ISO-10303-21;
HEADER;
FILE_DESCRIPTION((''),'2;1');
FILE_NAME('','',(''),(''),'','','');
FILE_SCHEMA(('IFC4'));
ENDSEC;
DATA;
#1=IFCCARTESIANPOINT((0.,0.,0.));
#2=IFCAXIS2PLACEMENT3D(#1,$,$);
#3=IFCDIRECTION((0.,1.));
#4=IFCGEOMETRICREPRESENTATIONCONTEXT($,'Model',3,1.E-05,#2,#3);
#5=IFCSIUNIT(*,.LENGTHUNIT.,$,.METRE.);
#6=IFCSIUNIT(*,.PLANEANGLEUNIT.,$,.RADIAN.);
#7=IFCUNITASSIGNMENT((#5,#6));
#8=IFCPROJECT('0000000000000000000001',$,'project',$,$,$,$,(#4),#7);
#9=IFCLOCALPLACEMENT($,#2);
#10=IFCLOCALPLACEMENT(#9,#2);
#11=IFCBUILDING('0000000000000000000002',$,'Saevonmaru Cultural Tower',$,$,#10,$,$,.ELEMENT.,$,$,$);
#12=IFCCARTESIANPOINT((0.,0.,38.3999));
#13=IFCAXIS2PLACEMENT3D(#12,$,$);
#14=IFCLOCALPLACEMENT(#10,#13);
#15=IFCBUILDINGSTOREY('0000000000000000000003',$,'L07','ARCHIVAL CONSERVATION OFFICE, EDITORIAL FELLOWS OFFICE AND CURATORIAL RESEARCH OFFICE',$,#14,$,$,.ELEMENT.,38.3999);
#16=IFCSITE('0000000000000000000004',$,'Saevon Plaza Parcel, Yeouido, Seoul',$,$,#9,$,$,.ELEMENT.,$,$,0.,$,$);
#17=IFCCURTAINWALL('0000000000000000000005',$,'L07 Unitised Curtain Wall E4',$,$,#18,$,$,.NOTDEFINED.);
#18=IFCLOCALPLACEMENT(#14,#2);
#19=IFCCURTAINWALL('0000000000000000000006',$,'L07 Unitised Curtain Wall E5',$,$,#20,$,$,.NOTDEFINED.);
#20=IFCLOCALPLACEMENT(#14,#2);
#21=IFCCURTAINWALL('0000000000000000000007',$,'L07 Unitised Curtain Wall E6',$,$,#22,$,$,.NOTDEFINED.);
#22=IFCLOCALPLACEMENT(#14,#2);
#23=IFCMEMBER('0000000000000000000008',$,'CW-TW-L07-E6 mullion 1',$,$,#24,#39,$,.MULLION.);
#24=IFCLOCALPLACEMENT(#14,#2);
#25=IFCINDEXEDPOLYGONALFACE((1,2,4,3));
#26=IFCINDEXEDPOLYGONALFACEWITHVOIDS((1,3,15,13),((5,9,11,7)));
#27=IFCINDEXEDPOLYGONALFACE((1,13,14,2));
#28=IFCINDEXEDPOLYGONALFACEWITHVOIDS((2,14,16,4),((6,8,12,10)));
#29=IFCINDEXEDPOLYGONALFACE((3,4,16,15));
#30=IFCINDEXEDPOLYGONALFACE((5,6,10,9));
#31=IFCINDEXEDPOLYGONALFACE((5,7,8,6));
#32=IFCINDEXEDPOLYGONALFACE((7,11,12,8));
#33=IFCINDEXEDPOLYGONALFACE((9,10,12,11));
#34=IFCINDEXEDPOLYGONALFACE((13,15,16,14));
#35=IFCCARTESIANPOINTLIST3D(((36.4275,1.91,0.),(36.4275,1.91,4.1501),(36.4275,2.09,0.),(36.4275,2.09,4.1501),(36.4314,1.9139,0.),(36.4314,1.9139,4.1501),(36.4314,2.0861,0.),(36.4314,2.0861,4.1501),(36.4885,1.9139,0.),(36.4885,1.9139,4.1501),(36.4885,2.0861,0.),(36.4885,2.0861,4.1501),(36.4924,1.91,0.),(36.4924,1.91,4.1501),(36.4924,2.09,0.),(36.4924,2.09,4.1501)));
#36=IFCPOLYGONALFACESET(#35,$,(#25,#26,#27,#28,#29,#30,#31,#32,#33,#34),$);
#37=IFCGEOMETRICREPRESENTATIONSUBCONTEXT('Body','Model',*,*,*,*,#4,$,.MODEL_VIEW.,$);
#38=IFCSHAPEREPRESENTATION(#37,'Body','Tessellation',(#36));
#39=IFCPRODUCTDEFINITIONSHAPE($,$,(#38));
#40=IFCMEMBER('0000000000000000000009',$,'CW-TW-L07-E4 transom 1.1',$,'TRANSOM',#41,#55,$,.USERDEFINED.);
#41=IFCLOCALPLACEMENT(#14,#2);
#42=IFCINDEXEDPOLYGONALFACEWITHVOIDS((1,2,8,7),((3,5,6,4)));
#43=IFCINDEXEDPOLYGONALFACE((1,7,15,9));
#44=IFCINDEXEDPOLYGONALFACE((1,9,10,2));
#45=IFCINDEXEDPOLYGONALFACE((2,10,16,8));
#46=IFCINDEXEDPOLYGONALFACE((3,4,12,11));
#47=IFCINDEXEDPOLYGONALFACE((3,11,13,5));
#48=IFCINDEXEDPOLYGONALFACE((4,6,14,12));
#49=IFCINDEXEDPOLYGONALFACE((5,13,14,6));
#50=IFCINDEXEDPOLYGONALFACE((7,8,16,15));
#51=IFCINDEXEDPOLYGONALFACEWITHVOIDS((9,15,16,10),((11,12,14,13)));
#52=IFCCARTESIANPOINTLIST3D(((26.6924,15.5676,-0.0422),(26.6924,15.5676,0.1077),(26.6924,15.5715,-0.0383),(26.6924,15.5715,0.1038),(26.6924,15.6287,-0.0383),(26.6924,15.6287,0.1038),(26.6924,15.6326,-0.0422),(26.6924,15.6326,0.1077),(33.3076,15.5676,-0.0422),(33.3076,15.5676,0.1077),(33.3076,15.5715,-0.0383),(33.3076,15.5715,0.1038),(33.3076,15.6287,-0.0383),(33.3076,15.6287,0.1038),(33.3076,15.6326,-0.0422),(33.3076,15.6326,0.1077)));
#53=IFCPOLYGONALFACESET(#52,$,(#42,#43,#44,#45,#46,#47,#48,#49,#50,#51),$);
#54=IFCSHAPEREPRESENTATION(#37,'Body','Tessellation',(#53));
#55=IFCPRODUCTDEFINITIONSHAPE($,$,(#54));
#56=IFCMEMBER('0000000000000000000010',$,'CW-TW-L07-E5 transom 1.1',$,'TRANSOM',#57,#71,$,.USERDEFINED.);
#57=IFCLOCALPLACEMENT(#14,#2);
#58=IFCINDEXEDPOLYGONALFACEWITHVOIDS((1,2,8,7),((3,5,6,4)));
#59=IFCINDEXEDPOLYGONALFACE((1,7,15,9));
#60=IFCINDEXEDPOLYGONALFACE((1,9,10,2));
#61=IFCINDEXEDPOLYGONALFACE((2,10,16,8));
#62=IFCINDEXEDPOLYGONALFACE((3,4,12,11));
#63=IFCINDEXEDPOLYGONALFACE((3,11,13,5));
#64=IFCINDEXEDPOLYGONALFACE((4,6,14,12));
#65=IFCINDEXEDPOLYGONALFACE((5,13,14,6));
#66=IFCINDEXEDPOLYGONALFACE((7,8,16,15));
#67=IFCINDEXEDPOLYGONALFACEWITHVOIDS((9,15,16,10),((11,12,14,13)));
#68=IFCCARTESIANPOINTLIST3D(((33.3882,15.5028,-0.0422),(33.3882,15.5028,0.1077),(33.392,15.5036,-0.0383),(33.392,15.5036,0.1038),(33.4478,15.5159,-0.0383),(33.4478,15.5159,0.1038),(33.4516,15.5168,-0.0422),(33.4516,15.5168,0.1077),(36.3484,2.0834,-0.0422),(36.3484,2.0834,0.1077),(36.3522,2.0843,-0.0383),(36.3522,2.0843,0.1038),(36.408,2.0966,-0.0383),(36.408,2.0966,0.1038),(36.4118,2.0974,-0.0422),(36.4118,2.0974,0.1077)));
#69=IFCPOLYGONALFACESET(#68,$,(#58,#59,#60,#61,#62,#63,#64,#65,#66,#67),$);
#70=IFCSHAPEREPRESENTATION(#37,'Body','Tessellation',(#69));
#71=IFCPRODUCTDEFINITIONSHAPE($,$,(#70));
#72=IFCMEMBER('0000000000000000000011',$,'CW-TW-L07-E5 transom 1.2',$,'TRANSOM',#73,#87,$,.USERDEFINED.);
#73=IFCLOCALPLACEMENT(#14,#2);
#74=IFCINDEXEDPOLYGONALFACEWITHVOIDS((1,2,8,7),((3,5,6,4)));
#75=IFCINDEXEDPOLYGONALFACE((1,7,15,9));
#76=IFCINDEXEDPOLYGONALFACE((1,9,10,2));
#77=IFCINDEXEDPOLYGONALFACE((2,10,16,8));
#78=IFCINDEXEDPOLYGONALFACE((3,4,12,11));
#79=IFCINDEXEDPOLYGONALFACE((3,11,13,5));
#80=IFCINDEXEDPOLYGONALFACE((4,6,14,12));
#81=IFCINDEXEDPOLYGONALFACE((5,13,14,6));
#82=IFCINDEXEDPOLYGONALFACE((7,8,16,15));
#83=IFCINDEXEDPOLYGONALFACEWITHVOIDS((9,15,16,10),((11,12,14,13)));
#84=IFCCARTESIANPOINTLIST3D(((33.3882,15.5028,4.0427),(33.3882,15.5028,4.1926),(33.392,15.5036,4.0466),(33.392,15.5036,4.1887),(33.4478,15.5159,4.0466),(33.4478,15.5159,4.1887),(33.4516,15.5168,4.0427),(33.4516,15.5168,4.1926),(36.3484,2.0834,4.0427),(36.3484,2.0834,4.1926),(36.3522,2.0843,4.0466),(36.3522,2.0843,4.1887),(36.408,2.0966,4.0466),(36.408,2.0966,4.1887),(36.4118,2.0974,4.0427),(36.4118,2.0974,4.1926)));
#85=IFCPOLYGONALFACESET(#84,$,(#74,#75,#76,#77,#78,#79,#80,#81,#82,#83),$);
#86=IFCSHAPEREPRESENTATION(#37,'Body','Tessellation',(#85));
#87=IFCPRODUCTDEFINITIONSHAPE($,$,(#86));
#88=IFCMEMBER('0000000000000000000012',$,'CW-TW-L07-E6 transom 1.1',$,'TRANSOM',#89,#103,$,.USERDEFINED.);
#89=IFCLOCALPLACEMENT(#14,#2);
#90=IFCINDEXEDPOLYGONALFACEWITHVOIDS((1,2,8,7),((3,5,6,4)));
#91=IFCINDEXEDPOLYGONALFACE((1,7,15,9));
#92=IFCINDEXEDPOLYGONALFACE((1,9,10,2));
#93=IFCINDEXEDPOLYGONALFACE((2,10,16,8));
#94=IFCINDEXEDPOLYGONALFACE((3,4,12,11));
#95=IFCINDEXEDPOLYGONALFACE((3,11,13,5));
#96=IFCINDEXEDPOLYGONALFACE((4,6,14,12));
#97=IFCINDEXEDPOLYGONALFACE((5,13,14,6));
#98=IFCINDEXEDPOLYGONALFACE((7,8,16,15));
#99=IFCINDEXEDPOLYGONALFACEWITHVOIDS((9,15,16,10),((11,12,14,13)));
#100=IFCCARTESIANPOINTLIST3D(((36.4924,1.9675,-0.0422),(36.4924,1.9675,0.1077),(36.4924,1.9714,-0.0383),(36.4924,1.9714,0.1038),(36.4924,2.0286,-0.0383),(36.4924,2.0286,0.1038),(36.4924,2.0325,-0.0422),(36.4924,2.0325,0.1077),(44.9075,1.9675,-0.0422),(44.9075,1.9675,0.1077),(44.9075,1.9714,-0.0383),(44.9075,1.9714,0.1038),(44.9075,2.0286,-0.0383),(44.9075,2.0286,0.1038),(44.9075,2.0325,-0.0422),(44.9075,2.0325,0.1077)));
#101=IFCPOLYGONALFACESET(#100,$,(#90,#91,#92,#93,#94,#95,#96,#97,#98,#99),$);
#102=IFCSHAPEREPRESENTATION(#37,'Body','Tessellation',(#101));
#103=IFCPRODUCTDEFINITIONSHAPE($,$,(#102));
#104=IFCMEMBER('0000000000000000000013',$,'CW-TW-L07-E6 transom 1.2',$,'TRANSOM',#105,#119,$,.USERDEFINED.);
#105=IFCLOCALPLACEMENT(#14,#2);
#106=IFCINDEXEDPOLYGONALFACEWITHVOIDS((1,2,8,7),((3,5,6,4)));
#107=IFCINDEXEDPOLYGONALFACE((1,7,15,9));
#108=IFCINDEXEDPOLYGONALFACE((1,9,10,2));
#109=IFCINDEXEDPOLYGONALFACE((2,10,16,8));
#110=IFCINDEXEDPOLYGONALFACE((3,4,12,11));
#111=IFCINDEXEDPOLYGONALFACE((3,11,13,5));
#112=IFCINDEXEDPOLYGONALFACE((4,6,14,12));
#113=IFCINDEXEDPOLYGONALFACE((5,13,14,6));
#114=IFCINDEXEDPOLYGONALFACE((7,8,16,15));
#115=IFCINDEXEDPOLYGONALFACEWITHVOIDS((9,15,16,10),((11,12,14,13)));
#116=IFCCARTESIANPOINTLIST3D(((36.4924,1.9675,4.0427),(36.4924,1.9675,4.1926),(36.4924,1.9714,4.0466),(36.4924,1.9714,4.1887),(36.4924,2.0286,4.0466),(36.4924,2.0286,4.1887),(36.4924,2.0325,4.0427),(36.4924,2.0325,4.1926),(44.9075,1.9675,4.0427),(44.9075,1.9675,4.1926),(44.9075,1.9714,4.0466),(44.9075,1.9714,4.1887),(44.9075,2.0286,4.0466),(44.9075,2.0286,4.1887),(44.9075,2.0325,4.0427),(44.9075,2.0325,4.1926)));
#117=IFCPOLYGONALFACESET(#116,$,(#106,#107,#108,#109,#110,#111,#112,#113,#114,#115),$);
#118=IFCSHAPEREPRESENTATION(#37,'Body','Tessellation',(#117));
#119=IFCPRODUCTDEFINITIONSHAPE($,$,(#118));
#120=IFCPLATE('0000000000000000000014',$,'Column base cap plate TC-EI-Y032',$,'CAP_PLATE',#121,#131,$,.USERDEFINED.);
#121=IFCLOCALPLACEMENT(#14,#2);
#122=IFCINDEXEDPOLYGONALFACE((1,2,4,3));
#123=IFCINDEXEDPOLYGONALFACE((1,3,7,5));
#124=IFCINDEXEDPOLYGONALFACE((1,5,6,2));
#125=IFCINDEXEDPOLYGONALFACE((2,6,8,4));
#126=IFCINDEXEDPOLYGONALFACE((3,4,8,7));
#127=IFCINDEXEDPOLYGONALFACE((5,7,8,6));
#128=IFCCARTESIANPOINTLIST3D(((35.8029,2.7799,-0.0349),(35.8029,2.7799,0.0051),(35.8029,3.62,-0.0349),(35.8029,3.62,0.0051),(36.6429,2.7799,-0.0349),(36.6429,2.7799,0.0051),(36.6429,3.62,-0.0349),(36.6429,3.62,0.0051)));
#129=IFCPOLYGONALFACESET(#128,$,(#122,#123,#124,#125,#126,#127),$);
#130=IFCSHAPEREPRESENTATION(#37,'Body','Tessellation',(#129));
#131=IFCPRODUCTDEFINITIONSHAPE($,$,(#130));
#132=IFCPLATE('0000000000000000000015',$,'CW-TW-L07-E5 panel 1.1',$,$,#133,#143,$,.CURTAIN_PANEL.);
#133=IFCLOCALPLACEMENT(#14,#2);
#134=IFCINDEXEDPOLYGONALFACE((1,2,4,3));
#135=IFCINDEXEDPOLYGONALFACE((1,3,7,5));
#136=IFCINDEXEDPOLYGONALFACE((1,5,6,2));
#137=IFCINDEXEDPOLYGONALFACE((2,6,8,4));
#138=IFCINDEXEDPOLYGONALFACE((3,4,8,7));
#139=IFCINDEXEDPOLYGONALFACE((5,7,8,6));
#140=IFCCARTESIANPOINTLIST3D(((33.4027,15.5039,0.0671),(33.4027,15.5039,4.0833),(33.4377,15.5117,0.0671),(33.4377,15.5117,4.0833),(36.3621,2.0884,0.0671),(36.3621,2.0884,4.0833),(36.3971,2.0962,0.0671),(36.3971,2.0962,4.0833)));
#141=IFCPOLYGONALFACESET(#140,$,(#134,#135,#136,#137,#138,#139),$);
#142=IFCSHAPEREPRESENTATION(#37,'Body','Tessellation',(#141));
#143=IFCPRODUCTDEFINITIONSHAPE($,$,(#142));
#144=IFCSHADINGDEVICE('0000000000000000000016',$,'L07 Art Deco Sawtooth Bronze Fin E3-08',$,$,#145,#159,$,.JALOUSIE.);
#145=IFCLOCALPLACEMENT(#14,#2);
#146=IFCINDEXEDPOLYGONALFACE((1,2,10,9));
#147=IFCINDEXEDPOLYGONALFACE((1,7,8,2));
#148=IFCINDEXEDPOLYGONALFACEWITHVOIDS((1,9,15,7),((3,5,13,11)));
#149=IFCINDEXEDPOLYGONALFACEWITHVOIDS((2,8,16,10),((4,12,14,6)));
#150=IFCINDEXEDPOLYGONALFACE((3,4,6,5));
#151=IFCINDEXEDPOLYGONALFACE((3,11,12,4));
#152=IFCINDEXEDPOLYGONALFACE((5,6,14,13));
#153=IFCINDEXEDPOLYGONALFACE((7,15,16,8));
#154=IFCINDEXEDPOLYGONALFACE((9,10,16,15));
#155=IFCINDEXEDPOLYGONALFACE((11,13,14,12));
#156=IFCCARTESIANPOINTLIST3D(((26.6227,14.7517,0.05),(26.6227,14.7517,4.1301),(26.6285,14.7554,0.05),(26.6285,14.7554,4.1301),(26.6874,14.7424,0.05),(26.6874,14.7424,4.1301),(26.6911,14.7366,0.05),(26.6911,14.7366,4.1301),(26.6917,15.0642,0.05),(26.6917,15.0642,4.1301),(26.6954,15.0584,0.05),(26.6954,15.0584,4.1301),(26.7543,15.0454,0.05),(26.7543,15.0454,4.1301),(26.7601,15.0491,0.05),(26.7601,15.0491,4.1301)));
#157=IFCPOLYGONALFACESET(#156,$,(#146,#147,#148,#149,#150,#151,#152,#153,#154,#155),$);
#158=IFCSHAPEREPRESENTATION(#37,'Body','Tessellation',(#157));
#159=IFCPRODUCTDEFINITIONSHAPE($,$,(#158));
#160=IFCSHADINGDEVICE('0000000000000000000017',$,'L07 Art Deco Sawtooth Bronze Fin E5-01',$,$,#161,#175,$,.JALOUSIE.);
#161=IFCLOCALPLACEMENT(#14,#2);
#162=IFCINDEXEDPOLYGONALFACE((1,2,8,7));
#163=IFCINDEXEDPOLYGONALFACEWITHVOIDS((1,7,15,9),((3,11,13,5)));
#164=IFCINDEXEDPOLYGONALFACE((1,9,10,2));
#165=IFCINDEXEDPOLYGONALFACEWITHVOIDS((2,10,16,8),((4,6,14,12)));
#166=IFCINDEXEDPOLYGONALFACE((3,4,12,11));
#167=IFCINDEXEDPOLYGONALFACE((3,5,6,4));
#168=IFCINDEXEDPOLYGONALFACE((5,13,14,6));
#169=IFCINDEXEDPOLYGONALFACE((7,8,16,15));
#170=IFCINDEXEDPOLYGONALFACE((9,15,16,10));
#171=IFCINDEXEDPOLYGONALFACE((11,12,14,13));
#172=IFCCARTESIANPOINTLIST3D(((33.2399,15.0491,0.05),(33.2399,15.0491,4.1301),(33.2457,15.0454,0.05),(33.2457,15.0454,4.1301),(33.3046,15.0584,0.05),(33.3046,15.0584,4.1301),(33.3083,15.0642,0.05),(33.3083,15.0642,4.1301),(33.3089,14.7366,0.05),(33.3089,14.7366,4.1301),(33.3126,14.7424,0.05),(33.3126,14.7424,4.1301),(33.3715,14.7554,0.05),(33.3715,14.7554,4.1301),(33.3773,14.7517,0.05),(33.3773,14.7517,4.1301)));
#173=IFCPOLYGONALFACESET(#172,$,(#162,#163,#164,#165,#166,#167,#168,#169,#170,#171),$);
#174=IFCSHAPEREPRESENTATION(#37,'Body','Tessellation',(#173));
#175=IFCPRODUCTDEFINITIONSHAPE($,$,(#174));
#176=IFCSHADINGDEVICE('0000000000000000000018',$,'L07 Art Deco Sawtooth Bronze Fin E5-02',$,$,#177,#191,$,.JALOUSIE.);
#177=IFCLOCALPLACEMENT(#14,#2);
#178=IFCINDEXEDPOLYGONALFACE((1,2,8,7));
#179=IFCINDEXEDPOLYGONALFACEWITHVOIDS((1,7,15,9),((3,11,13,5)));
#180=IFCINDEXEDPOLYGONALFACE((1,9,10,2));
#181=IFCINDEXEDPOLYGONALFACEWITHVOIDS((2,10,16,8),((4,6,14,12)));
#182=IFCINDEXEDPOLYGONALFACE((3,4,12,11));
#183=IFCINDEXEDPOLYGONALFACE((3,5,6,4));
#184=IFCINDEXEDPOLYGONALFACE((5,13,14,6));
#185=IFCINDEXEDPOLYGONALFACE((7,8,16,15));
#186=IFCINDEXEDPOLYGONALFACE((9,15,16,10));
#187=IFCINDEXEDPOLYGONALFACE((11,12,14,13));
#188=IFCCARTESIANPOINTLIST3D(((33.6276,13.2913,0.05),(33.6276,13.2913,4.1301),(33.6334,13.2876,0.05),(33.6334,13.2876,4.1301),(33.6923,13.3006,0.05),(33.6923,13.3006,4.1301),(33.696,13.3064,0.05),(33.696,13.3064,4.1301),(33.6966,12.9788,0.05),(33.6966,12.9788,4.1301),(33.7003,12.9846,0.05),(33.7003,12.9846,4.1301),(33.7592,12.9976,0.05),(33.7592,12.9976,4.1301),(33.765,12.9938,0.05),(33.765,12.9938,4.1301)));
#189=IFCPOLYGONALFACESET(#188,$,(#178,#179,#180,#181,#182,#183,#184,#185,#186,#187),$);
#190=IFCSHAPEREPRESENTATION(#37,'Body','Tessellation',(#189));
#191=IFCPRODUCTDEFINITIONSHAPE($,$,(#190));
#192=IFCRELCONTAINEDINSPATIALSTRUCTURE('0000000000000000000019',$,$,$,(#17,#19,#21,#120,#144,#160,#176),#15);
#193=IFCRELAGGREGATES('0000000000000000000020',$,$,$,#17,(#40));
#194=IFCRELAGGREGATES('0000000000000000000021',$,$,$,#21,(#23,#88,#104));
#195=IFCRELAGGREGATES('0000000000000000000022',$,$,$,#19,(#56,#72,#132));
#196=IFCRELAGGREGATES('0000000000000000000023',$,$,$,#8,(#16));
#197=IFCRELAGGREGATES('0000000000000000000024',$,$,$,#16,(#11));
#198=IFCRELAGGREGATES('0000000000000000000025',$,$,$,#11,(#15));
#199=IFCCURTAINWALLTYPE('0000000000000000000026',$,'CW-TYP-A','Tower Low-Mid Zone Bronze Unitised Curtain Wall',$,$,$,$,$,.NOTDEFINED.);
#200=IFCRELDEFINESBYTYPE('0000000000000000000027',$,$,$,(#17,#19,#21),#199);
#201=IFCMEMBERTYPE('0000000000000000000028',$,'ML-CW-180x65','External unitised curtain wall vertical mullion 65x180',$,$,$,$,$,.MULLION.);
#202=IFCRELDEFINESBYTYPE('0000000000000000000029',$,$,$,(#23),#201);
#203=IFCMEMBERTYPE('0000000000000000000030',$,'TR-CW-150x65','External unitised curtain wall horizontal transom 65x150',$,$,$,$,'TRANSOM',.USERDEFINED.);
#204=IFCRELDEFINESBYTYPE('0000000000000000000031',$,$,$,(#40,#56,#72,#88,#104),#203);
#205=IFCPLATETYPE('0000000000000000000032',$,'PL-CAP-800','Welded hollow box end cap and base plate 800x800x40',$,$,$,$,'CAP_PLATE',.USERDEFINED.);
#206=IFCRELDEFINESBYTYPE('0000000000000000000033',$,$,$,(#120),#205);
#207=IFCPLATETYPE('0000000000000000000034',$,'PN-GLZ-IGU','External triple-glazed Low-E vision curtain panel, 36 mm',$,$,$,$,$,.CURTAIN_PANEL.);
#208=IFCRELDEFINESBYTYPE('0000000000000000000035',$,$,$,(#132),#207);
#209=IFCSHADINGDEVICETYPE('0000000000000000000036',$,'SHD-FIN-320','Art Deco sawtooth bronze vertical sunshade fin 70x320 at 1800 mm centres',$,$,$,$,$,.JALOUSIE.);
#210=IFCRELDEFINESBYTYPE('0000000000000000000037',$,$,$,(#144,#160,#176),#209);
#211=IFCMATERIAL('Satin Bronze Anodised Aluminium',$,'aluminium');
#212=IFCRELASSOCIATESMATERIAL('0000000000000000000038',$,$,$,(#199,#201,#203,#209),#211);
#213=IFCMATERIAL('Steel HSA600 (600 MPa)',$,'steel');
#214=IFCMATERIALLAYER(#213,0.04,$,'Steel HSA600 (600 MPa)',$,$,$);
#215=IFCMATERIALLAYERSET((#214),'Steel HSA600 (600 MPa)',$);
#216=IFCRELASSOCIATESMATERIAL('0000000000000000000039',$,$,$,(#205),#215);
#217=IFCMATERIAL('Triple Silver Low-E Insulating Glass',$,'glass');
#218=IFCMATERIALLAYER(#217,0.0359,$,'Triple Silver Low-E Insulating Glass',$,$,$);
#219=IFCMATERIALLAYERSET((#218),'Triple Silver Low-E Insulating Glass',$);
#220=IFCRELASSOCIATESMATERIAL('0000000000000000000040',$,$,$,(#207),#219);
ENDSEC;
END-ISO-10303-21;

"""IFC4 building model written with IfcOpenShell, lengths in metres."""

from ifc_helpers import new_model, si_unit, direction, frame, origin, origin_2d, place, context, subcontext, project, spatial, rectangle, hollow_rectangle, extrude, material, layer, layer_set, material_profile, profile_set, type_object, element, aggregate, save


model = new_model("IFC4")

# Units and contexts
model_context = context("Model", 3, precision=1e-05, world=origin(), true_north=direction((0.0, 1.0)))
body_context = subcontext(model_context, "Body", "Model", "MODEL_VIEW")
ifc_project = project(units=[si_unit("LENGTHUNIT", "METRE"), si_unit("PLANEANGLEUNIT", "RADIAN")], contexts=[model_context])

# Site, building, storey
site_placement = place(None, origin())
site = spatial("IfcSite", under=ifc_project, at=site_placement, Name="Saevon Plaza Parcel, Yeouido, Seoul", CompositionType="ELEMENT", RefElevation=0.0)
building_placement = place(site_placement, origin())
building = spatial("IfcBuilding", under=site, at=building_placement, Name="Saevonmaru Cultural Tower", CompositionType="ELEMENT")
storey_placement = place(building_placement, frame((0.0, 0.0, 38.3999)))
storey = spatial("IfcBuildingStorey", under=building, at=storey_placement, Name="L07", Description="ARCHIVAL CONSERVATION OFFICE, EDITORIAL FELLOWS OFFICE AND CURATORIAL RESEARCH OFFICE", CompositionType="ELEMENT", Elevation=38.3999)

# Curtain wall
ifc_material_1 = material(Name="Satin Bronze Anodised Aluminium", Category="aluminium")
curtain_wall_type = type_object("IfcCurtainWallType", Name="CW-TYP-A", Description="Tower Low-Mid Zone Bronze Unitised Curtain Wall", PredefinedType="NOTDEFINED", material=ifc_material_1)
ifc_material_profile_1 = material_profile(ifc_material_1, hollow_rectangle(XDim=0.0649, YDim=0.1799, WallThickness=0.0039, at=origin_2d()), Name="ALU-MULL-180x65x4")
ifc_profile_set_1 = profile_set([ifc_material_profile_1], Name="Satin Bronze Anodised Aluminium")
member_type_1 = type_object("IfcMemberType", Name="ML-CW-180x65", Description="External unitised curtain wall vertical mullion 65x180", PredefinedType="MULLION", material=ifc_profile_set_1)
curtain_wall_1_placement = place(storey_placement, origin())
curtain_wall_1 = element("IfcCurtainWall", 1, at=curtain_wall_1_placement, inside=storey, type_object=curtain_wall_type, Name="L07 Unitised Curtain Wall E4", PredefinedType="NOTDEFINED")

# Curtain wall
curtain_wall_2_placement = place(storey_placement, origin())
curtain_wall_2 = element("IfcCurtainWall", 2, at=curtain_wall_2_placement, inside=storey, type_object=curtain_wall_type, Name="L07 Unitised Curtain Wall E5", PredefinedType="NOTDEFINED")

# Curtain wall, member
curtain_wall_3_placement = place(storey_placement, origin())
curtain_wall_3 = element("IfcCurtainWall", 3, at=curtain_wall_3_placement, inside=storey, type_object=curtain_wall_type, Name="L07 Unitised Curtain Wall E6", PredefinedType="NOTDEFINED")
member_1_placement = place(storey_placement, frame((36.46, 2.0, 0.0), z_axis=(0.0, 0.0, 1.0), x_axis=(1.0, 0.0, 0.0)))
member_1 = element("IfcMember", 4, at=member_1_placement, type_object=member_type_1, Name="CW-TW-L07-E6 mullion 1", PredefinedType="MULLION", context=body_context, shape_type="SweptSolid", body=[
    extrude(hollow_rectangle(XDim=0.0649, YDim=0.1799, WallThickness=0.0039, at=origin_2d()), origin(), (0.0, 0.0, 1.0), 4.1501),
])

# Members
ifc_material_profile_2 = material_profile(ifc_material_1, hollow_rectangle(XDim=0.0649, YDim=0.1499, WallThickness=0.0039, at=origin_2d()), Name="ALU-TRAN-150x65x4")
ifc_profile_set_2 = profile_set([ifc_material_profile_2], Name="Satin Bronze Anodised Aluminium")
member_type_2 = type_object("IfcMemberType", Name="TR-CW-150x65", Description="External unitised curtain wall horizontal transom 65x150", ElementType="TRANSOM", PredefinedType="USERDEFINED", material=ifc_profile_set_2)
member_2_placement = place(storey_placement, frame((26.6924, 15.6001, 0.0327), z_axis=(1.0, 0.0, 0.0), x_axis=(0.0, 1.0, 0.0)))
member_2 = element("IfcMember", 5, at=member_2_placement, type_object=member_type_2, Name="CW-TW-L07-E4 transom 1.1", ObjectType="TRANSOM", PredefinedType="USERDEFINED", context=body_context, shape_type="SweptSolid", body=[
    extrude(hollow_rectangle(XDim=0.0649, YDim=0.1499, WallThickness=0.0039, at=origin_2d()), origin(), (0.0, 0.0, 1.0), 6.6152),
])
aggregate(curtain_wall_1, [member_2])
member_3_placement = place(storey_placement, frame((33.4199, 15.5098, 0.0327), z_axis=(0.215412, -0.976523, 0.0), x_axis=(0.976523, 0.215412, 0.0)))
member_3 = element("IfcMember", 6, at=member_3_placement, type_object=member_type_2, Name="CW-TW-L07-E5 transom 1.1", ObjectType="TRANSOM", PredefinedType="USERDEFINED", context=body_context, shape_type="SweptSolid", body=[
    extrude(hollow_rectangle(XDim=0.0649, YDim=0.1499, WallThickness=0.0039, at=origin_2d()), origin(), (0.0, 0.0, 1.0), 13.7419),
])
member_4_placement = place(storey_placement, frame((33.4199, 15.5098, 4.1177), z_axis=(0.215412, -0.976523, 0.0), x_axis=(0.976523, 0.215412, 0.0)))
member_4 = element("IfcMember", 7, at=member_4_placement, type_object=member_type_2, Name="CW-TW-L07-E5 transom 1.2", ObjectType="TRANSOM", PredefinedType="USERDEFINED", context=body_context, shape_type="SweptSolid", body=[
    extrude(hollow_rectangle(XDim=0.0649, YDim=0.1499, WallThickness=0.0039, at=origin_2d()), origin(), (0.0, 0.0, 1.0), 13.7419),
])
member_5_placement = place(storey_placement, frame((36.4924, 2.0, 0.0327), z_axis=(1.0, 0.0, 0.0), x_axis=(0.0, 1.0, 0.0)))
member_5 = element("IfcMember", 8, at=member_5_placement, type_object=member_type_2, Name="CW-TW-L07-E6 transom 1.1", ObjectType="TRANSOM", PredefinedType="USERDEFINED", context=body_context, shape_type="SweptSolid", body=[
    extrude(hollow_rectangle(XDim=0.0649, YDim=0.1499, WallThickness=0.0039, at=origin_2d()), origin(), (0.0, 0.0, 1.0), 8.415),
])
member_6_placement = place(storey_placement, frame((36.4924, 2.0, 4.1177), z_axis=(1.0, 0.0, 0.0), x_axis=(0.0, 1.0, 0.0)))
member_6 = element("IfcMember", 9, at=member_6_placement, type_object=member_type_2, Name="CW-TW-L07-E6 transom 1.2", ObjectType="TRANSOM", PredefinedType="USERDEFINED", context=body_context, shape_type="SweptSolid", body=[
    extrude(hollow_rectangle(XDim=0.0649, YDim=0.1499, WallThickness=0.0039, at=origin_2d()), origin(), (0.0, 0.0, 1.0), 8.415),
])
aggregate(curtain_wall_3, [member_1, member_5, member_6])

# Plates
ifc_material_2 = material(Name="Steel HSA600 (600 MPa)", Category="steel")
ifc_layer_1 = layer(ifc_material_2, 0.04, Name="Steel HSA600 (600 MPa)")
ifc_layer_set_1 = layer_set([ifc_layer_1], Name="Steel HSA600 (600 MPa)")
plate_type_1 = type_object("IfcPlateType", Name="PL-CAP-800", Description="Welded hollow box end cap and base plate 800x800x40", ElementType="CAP_PLATE", PredefinedType="USERDEFINED", material=ifc_layer_set_1)
plate_1_placement = place(storey_placement, frame((36.2229, 3.2, -0.0349), z_axis=(0.0, 0.0, 1.0), x_axis=(1.0, 0.0, 0.0)))
element("IfcPlate", 10, at=plate_1_placement, inside=storey, type_object=plate_type_1, Name="Column base cap plate TC-EI-Y032", ObjectType="CAP_PLATE", PredefinedType="USERDEFINED", context=body_context, shape_type="SweptSolid", body=[
    extrude(rectangle(XDim=0.8401, YDim=0.8401, at=origin_2d()), origin(), (0.0, 0.0, 1.0), 0.04),
])
ifc_material_3 = material(Name="Triple Silver Low-E Insulating Glass", Category="glass")
ifc_layer_2 = layer(ifc_material_3, 0.0359, Name="Triple Silver Low-E Insulating Glass")
ifc_layer_set_2 = layer_set([ifc_layer_2], Name="Triple Silver Low-E Insulating Glass")
plate_type_2 = type_object("IfcPlateType", Name="PN-GLZ-IGU", Description="External triple-glazed Low-E vision curtain panel, 36 mm", PredefinedType="CURTAIN_PANEL", material=ifc_layer_set_2)
plate_2_placement = place(storey_placement, frame((34.8999, 8.8, 0.0671), z_axis=(0.0, 0.0, 1.0), x_axis=(0.215413, -0.976523, 0.0)))
plate_2 = element("IfcPlate", 11, at=plate_2_placement, type_object=plate_type_2, Name="CW-TW-L07-E5 panel 1.1", PredefinedType="CURTAIN_PANEL", context=body_context, shape_type="SweptSolid", body=[
    extrude(rectangle(XDim=13.738, YDim=0.0359, at=origin_2d()), origin(), (0.0, 0.0, 1.0), 4.0161),
])
aggregate(curtain_wall_2, [member_3, member_4, plate_2])

# Shading devices
ifc_material_profile_3 = material_profile(ifc_material_1, hollow_rectangle(XDim=0.0701, YDim=0.3201, WallThickness=0.0049, at=origin_2d()), Name="FIN-320x70")
ifc_profile_set_3 = profile_set([ifc_material_profile_3], Name="Satin Bronze Anodised Aluminium")
shading_device_type = type_object("IfcShadingDeviceType", Name="SHD-FIN-320", Description="Art Deco sawtooth bronze vertical sunshade fin 70x320 at 1800 mm centres", PredefinedType="JALOUSIE", material=ifc_profile_set_3)
for number, where, z_axis, x_axis, name in (
    (12, (26.6914, 14.9004, 0.05), (0.0, 0.0, 1.0), (0.976522, -0.215417, 0.0), "L07 Art Deco Sawtooth Bronze Fin E3-08"),
    (13, (33.3086, 14.9004, 0.05), (0.0, 0.0, 1.0), (-0.976522, -0.215417, 0.0), "L07 Art Deco Sawtooth Bronze Fin E5-01"),
    (14, (33.6963, 13.1426, 0.05), (0.0, 0.0, 1.0), (-0.976522, -0.215417, 0.0), "L07 Art Deco Sawtooth Bronze Fin E5-02"),
):
    element("IfcShadingDevice", number, at=place(storey_placement, frame(where, z_axis=z_axis, x_axis=x_axis)), inside=storey, type_object=shading_device_type, Name=name, PredefinedType="JALOUSIE", context=body_context, shape_type="SweptSolid", body=[
        extrude(hollow_rectangle(XDim=0.0701, YDim=0.3201, WallThickness=0.0049, at=origin_2d()), origin(), (0.0, 0.0, 1.0), 4.0801),
    ])

save(model, "model.ifc")
